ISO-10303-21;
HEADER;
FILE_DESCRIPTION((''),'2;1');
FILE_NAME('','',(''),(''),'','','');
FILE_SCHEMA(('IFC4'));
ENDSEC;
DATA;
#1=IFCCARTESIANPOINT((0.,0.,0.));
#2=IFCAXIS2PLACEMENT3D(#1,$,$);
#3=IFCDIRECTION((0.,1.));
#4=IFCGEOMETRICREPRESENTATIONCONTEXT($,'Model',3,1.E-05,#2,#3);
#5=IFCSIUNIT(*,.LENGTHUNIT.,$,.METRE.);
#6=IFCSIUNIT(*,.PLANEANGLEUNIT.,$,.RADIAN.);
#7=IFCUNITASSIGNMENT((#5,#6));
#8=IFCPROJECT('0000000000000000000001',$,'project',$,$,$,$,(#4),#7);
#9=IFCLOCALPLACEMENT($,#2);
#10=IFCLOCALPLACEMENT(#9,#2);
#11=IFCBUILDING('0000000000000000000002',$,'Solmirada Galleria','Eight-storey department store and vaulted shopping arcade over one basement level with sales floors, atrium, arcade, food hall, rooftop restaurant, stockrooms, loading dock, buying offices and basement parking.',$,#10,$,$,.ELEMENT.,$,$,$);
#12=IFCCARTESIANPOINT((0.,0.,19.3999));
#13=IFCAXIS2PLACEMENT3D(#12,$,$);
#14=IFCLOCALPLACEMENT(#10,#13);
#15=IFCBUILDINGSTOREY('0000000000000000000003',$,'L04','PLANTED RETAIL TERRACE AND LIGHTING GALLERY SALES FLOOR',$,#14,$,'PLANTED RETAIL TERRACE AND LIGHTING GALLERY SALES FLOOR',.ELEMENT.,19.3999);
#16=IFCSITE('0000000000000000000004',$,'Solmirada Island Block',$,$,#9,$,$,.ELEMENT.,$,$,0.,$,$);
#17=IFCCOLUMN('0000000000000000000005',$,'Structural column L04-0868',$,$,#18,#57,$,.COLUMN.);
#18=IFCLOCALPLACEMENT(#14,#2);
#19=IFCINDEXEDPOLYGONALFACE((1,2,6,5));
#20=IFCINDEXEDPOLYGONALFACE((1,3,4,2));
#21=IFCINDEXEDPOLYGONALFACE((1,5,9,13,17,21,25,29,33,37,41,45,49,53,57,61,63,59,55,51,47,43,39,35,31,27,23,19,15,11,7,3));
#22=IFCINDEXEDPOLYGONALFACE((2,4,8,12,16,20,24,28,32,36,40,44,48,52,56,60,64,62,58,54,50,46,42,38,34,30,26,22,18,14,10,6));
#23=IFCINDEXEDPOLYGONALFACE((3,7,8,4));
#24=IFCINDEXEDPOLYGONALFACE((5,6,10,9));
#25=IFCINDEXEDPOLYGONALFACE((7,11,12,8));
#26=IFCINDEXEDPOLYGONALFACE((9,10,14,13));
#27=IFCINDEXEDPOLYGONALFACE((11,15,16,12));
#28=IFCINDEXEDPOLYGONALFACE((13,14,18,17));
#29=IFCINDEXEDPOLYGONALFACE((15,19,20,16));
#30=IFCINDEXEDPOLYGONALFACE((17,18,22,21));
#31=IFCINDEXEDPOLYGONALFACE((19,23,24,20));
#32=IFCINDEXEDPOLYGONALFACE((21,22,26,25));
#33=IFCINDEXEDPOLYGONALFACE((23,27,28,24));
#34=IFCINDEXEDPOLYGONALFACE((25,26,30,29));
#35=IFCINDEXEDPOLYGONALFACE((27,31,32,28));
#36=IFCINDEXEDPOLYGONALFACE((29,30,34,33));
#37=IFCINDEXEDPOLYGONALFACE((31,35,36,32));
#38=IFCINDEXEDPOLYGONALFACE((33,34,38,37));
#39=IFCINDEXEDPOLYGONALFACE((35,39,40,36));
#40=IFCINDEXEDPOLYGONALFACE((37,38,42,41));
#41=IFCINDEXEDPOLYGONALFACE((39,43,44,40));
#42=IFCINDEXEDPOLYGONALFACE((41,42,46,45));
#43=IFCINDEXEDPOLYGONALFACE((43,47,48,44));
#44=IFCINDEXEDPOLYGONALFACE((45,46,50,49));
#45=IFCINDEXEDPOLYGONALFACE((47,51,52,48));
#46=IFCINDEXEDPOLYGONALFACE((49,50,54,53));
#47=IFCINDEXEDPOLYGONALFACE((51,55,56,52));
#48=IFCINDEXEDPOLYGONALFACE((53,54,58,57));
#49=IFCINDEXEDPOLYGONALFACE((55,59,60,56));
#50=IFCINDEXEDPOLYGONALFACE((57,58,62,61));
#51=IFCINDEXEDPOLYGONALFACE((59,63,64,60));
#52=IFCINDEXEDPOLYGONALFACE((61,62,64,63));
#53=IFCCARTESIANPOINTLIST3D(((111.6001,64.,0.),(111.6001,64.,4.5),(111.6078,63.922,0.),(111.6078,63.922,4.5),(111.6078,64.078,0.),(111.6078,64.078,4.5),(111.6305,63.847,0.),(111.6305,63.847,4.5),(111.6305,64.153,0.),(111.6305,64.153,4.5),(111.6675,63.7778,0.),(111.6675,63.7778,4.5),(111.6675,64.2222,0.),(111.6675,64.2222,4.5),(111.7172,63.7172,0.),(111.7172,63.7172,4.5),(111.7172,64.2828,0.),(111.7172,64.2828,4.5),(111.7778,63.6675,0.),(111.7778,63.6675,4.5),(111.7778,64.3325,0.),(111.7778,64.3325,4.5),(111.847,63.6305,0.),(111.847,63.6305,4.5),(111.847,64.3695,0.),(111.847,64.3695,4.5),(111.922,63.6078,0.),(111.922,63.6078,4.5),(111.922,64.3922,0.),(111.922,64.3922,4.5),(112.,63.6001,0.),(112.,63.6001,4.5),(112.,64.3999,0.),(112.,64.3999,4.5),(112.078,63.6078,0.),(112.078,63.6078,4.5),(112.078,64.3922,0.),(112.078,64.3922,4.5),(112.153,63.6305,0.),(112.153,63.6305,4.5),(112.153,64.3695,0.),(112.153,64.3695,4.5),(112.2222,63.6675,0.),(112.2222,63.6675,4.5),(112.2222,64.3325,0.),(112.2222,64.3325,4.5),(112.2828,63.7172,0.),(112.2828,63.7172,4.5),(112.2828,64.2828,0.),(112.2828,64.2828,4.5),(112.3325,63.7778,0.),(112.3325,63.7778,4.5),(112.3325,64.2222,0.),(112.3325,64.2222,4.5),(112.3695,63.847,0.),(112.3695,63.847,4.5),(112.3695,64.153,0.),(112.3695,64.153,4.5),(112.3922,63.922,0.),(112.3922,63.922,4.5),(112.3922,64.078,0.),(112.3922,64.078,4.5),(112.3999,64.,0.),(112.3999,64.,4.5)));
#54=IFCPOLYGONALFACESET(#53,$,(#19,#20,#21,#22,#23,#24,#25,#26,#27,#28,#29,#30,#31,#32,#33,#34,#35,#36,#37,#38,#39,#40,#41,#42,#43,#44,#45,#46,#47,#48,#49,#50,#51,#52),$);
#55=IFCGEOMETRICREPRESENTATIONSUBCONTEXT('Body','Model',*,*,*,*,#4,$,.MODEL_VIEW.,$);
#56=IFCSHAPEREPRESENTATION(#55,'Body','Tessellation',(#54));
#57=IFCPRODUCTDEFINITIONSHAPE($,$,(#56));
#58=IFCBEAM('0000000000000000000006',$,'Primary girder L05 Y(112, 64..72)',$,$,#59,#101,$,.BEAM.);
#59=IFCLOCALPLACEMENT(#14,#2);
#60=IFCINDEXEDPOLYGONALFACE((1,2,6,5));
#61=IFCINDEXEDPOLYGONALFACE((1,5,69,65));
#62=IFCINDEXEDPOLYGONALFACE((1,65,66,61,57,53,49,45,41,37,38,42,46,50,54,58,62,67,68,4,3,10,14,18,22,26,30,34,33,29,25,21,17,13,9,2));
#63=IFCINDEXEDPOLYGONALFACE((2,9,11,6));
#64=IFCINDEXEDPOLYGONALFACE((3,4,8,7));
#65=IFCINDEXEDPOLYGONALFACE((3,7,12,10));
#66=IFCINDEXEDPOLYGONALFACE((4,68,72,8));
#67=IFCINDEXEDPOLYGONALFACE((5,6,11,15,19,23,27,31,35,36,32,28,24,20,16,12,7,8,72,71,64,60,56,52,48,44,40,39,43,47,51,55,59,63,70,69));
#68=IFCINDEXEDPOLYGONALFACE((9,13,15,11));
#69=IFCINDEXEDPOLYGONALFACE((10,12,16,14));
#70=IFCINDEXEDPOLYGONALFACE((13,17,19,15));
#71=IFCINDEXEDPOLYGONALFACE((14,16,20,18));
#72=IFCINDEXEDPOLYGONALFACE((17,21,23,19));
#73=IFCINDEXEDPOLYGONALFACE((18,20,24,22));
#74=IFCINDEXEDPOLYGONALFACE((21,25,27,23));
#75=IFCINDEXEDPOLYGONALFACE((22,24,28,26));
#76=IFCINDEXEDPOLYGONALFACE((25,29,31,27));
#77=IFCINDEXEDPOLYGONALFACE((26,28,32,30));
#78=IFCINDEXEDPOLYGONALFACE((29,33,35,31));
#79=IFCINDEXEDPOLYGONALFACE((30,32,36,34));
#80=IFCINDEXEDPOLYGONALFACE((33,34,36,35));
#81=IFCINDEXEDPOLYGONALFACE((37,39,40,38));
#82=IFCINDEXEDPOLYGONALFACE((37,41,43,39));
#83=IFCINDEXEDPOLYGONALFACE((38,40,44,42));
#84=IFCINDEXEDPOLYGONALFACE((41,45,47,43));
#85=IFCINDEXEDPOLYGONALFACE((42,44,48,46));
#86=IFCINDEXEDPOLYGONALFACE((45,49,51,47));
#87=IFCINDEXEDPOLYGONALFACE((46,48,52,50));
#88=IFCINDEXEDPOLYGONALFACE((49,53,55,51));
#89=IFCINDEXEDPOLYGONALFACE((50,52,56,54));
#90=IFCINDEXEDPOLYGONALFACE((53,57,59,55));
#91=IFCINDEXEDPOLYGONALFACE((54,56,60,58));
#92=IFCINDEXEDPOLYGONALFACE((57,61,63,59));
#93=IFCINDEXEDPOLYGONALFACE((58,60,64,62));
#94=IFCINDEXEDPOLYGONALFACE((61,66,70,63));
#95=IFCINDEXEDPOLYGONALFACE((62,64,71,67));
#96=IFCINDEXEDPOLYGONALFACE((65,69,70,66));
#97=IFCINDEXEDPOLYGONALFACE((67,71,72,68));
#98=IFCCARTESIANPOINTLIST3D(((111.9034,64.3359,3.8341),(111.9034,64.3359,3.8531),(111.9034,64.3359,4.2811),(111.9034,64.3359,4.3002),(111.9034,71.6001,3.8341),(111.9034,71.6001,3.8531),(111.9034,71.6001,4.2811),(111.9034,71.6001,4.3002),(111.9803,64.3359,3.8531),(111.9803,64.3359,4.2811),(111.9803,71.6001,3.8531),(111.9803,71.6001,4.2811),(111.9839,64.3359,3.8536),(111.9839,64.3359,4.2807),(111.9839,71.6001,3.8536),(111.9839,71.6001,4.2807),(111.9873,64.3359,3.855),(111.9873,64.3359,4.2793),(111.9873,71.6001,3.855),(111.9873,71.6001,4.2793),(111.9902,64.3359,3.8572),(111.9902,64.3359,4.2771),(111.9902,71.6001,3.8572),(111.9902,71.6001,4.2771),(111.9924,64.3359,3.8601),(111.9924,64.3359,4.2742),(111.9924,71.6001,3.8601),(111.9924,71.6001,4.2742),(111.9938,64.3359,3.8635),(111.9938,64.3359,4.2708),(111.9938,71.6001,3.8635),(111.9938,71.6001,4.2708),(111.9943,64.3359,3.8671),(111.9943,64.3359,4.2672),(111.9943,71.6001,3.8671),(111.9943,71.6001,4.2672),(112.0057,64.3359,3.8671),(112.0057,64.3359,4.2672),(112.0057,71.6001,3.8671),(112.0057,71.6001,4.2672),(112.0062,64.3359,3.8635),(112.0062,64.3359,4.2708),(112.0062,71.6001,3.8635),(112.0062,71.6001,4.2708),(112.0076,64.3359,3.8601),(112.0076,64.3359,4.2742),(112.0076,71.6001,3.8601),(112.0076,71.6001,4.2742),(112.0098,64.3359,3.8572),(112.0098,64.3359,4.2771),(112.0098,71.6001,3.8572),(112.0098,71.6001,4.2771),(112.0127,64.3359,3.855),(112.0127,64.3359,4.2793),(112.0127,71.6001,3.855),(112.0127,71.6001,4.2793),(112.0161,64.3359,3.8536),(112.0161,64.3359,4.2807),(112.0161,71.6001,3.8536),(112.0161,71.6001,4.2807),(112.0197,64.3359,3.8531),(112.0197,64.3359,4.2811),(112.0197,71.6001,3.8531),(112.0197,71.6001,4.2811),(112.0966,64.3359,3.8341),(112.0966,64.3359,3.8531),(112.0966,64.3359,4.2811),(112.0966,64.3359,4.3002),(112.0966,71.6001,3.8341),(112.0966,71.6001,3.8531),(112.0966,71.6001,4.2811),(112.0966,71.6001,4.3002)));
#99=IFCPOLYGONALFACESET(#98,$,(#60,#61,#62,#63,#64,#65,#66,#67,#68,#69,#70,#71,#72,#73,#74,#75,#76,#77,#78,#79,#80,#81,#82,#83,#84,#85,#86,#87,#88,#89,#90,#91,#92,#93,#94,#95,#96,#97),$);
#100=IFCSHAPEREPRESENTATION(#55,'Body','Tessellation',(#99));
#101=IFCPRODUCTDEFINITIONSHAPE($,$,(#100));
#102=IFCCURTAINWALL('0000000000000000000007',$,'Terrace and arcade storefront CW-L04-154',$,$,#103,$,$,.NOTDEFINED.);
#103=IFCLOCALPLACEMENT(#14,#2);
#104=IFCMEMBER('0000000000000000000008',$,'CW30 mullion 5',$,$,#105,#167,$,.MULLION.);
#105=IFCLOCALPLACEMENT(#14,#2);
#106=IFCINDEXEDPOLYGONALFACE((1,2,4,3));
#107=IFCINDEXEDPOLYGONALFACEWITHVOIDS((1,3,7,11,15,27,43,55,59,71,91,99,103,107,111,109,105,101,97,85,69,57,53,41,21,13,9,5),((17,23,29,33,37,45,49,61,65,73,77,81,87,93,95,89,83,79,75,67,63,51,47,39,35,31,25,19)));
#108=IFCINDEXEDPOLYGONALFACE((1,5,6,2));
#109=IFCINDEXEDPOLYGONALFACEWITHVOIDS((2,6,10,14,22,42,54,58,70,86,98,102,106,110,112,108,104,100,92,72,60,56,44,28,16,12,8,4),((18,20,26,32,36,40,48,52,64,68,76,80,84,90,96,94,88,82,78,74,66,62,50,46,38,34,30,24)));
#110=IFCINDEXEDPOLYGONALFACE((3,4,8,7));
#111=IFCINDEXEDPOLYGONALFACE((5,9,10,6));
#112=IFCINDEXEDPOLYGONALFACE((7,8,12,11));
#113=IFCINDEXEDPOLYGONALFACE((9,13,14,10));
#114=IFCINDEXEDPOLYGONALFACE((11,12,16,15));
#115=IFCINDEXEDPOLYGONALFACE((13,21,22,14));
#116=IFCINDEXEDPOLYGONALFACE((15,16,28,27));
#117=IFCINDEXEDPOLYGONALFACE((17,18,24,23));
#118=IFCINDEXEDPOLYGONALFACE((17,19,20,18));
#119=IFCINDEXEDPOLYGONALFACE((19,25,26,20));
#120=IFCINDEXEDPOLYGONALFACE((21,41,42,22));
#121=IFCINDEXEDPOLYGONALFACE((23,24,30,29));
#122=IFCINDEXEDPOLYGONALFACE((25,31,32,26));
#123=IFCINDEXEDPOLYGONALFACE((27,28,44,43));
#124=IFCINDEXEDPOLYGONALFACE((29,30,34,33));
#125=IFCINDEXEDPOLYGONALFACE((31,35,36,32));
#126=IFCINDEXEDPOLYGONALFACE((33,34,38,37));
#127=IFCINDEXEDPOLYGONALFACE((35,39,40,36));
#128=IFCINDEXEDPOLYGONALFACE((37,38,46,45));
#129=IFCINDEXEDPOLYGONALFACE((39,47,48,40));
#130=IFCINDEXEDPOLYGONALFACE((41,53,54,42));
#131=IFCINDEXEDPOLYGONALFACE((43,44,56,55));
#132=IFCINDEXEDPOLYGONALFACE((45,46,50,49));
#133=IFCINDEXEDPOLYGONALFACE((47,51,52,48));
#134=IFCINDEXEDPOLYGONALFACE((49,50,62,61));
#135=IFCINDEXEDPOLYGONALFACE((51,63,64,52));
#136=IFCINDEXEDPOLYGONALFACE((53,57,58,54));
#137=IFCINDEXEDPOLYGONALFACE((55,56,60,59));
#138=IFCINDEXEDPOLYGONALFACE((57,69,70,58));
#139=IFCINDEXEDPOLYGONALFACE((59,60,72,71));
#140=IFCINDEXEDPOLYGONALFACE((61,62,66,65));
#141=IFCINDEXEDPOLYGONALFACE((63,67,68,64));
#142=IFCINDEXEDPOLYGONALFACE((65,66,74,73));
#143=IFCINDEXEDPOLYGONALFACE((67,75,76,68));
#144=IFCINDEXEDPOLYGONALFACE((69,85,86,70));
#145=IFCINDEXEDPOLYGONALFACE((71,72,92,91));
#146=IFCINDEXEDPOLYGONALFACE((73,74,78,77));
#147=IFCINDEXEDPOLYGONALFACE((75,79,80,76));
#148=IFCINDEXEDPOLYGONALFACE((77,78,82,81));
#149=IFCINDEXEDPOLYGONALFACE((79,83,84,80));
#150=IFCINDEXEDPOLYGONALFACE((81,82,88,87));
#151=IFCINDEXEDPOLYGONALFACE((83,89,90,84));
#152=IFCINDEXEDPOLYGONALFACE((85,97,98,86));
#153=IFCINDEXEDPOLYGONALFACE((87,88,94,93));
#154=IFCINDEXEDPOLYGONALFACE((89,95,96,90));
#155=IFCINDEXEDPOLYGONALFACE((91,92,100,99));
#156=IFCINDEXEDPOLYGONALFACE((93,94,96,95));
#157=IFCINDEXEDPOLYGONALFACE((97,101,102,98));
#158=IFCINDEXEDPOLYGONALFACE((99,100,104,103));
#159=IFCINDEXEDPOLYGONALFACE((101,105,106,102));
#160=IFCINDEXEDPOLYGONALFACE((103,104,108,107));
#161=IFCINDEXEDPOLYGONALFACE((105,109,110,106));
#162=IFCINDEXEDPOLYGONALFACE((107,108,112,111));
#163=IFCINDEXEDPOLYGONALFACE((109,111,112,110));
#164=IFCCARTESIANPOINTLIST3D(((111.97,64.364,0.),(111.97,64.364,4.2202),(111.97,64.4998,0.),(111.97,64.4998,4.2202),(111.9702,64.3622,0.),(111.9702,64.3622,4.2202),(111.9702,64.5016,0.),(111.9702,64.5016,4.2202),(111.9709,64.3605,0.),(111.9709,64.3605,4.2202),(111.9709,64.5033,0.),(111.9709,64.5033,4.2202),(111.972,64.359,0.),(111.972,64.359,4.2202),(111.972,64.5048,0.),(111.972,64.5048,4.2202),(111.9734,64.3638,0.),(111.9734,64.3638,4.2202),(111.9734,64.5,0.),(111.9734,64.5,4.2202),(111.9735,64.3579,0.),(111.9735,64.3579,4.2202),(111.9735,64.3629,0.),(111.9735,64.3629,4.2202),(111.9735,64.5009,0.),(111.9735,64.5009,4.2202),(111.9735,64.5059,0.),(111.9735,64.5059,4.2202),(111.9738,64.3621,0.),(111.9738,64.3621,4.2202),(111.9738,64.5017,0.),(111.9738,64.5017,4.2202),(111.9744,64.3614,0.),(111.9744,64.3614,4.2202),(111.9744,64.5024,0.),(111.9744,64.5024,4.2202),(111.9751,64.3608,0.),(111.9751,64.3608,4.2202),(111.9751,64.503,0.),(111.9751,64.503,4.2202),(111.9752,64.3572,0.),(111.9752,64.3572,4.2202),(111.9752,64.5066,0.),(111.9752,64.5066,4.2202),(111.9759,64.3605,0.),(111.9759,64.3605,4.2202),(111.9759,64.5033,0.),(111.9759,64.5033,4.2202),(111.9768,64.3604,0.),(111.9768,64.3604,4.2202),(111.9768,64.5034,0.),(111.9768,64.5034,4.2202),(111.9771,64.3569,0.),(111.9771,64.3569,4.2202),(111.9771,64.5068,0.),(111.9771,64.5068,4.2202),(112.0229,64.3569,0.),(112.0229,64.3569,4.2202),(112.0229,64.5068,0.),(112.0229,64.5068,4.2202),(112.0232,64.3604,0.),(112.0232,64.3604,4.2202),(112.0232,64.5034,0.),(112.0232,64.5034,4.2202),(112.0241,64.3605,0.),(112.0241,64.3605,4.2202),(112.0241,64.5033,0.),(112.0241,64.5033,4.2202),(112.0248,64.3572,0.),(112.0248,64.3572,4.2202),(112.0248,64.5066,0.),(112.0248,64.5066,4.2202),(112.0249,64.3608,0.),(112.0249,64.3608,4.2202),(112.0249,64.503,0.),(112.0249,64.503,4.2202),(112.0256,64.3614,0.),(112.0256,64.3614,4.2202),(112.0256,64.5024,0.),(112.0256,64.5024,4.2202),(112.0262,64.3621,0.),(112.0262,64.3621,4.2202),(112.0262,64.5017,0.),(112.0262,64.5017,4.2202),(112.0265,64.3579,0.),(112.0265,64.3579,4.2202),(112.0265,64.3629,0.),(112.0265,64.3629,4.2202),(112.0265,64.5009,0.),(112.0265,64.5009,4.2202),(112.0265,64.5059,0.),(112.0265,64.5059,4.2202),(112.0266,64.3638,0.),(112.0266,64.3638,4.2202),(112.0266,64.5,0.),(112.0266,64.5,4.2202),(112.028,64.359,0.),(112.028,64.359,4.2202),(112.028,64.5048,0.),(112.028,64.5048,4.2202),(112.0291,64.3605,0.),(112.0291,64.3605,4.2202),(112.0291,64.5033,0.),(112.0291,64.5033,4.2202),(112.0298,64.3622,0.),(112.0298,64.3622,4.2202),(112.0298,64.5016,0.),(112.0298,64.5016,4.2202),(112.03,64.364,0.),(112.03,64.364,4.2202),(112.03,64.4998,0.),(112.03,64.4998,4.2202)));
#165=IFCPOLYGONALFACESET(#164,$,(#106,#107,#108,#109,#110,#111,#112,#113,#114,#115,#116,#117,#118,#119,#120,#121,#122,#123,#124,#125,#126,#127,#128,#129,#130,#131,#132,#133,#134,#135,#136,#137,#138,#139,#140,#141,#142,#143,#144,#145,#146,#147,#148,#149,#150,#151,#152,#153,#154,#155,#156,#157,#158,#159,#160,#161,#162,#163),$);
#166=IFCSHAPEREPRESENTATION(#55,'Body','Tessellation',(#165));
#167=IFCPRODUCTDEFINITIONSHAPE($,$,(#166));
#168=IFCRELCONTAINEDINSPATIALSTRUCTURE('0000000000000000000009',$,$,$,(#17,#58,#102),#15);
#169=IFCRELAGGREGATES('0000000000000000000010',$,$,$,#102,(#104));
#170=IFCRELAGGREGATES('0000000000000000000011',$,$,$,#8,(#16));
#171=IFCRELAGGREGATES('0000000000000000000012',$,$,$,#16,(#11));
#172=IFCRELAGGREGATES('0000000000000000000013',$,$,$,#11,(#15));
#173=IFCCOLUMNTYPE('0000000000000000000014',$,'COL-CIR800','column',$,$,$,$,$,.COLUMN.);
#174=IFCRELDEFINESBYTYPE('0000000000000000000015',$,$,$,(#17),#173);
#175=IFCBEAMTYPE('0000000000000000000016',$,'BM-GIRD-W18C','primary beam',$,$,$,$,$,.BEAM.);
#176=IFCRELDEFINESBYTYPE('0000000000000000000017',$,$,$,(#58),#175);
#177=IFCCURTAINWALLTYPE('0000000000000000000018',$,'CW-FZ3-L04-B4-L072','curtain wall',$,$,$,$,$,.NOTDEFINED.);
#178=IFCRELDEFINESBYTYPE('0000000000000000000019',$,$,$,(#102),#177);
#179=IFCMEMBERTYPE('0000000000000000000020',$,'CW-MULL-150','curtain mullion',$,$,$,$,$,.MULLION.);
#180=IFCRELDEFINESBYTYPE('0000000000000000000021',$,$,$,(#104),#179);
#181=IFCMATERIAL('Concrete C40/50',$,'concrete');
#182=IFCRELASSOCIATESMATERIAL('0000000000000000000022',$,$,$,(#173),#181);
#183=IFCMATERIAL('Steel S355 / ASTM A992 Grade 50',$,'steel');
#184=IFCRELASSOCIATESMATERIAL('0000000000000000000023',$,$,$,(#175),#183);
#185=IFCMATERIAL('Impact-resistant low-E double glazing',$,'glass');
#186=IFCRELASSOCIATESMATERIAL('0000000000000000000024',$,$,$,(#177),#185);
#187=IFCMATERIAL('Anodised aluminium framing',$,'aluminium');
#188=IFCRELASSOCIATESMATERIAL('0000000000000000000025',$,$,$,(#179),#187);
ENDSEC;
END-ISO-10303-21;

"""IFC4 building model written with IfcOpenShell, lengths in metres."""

from ifc_helpers import new_model, si_unit, direction, frame, origin, origin_2d, place, context, subcontext, project, spatial, hollow_rectangle, circle, i_section, extrude, material, material_profile, profile_set, type_object, element, aggregate, save


model = new_model("IFC4")

# Units and contexts
model_context = context("Model", 3, precision=1e-05, world=origin(), true_north=direction((0.0, 1.0)))
body_context = subcontext(model_context, "Body", "Model", "MODEL_VIEW")
ifc_project = project(units=[si_unit("LENGTHUNIT", "METRE"), si_unit("PLANEANGLEUNIT", "RADIAN")], contexts=[model_context])

# Site, building, storey
site_placement = place(None, origin())
site = spatial("IfcSite", under=ifc_project, at=site_placement, Name="Solmirada Island Block", CompositionType="ELEMENT", RefElevation=0.0)
building_placement = place(site_placement, origin())
building = spatial("IfcBuilding", under=site, at=building_placement, Name="Solmirada Galleria", Description="Eight-storey department store and vaulted shopping arcade over one basement level with sales floors, atrium, arcade, food hall, rooftop restaurant, stockrooms, loading dock, buying offices and basement parking.", CompositionType="ELEMENT")
storey_placement = place(building_placement, frame((0.0, 0.0, 19.3999)))
storey = spatial("IfcBuildingStorey", under=building, at=storey_placement, Name="L04", Description="PLANTED RETAIL TERRACE AND LIGHTING GALLERY SALES FLOOR", LongName="PLANTED RETAIL TERRACE AND LIGHTING GALLERY SALES FLOOR", CompositionType="ELEMENT", Elevation=19.3999)

# Column
ifc_material_1 = material(Name="Concrete C40/50", Category="concrete")
ifc_material_profile_1 = material_profile(ifc_material_1, circle(Radius=0.3999, at=origin_2d()), Name="RCCOL800")
ifc_profile_set_1 = profile_set([ifc_material_profile_1], Name="Concrete C40/50")
column_type = type_object("IfcColumnType", Name="COL-CIR800", Description="column", PredefinedType="COLUMN", material=ifc_profile_set_1)
column_placement = place(storey_placement, frame((112.0, 64.0, 0.0), z_axis=(0.0, 0.0, 1.0), x_axis=(1.0, 0.0, 0.0)))
element("IfcColumn", 1, at=column_placement, inside=storey, type_object=column_type, Name="Structural column L04-0868", PredefinedType="COLUMN", context=body_context, shape_type="SweptSolid", body=[
    extrude(circle(Radius=0.3999, at=origin_2d()), origin(), (0.0, 0.0, 1.0), 4.5),
])

# Beam
ifc_material_2 = material(Name="Steel S355 / ASTM A992 Grade 50", Category="steel")
ifc_material_profile_2 = material_profile(ifc_material_2, i_section(OverallWidth=0.1931, OverallDepth=0.4661, WebThickness=0.0115, FlangeThickness=0.019, FilletRadius=0.0139, at=origin_2d()), Name="W18X65")
ifc_profile_set_2 = profile_set([ifc_material_profile_2], Name="Steel S355 / ASTM A992 Grade 50")
beam_type = type_object("IfcBeamType", Name="BM-GIRD-W18C", Description="primary beam", PredefinedType="BEAM", material=ifc_profile_set_2)
beam_placement = place(storey_placement, frame((112.0, 64.3359, 4.0671), z_axis=(0.0, 1.0, 0.0), x_axis=(-1.0, 0.0, 0.0)))
element("IfcBeam", 2, at=beam_placement, inside=storey, type_object=beam_type, Name="Primary girder L05 Y(112, 64..72)", PredefinedType="BEAM", context=body_context, shape_type="SweptSolid", body=[
    extrude(i_section(OverallWidth=0.1931, OverallDepth=0.4661, WebThickness=0.0115, FlangeThickness=0.019, FilletRadius=0.0139, at=origin_2d()), origin(), (0.0, 0.0, 1.0), 7.2642),
])

# Curtain wall, member
ifc_material_3 = material(Name="Impact-resistant low-E double glazing", Category="glass")
curtain_wall_type = type_object("IfcCurtainWallType", Name="CW-FZ3-L04-B4-L072", Description="curtain wall", PredefinedType="NOTDEFINED", material=ifc_material_3)
curtain_wall_1_placement = place(storey_placement, origin())
curtain_wall_1 = element("IfcCurtainWall", 3, at=curtain_wall_1_placement, inside=storey, type_object=curtain_wall_type, Name="Terrace and arcade storefront CW-L04-154", PredefinedType="NOTDEFINED")
ifc_material_4 = material(Name="Anodised aluminium framing", Category="aluminium")
ifc_material_profile_3 = material_profile(ifc_material_4, hollow_rectangle(XDim=0.0601, YDim=0.1499, WallThickness=0.0034, InnerFilletRadius=0.0034, OuterFilletRadius=0.0071, at=origin_2d()), Name="ALU-MULL-150X60")
ifc_profile_set_3 = profile_set([ifc_material_profile_3], Name="Anodised aluminium framing")
member_type_1 = type_object("IfcMemberType", Name="CW-MULL-150", Description="curtain mullion", PredefinedType="MULLION", material=ifc_profile_set_3)
member_1_placement = place(storey_placement, frame((112.0, 64.4319, 0.0), z_axis=(0.0, 0.0, 1.0), x_axis=(1.0, 0.0, 0.0)))
member_1 = element("IfcMember", 4, at=member_1_placement, type_object=member_type_1, Name="CW30 mullion 5", PredefinedType="MULLION", context=body_context, shape_type="SweptSolid", body=[
    extrude(hollow_rectangle(XDim=0.0601, YDim=0.1499, WallThickness=0.0034, InnerFilletRadius=0.0034, OuterFilletRadius=0.0071, at=origin_2d()), origin(), (0.0, 0.0, 1.0), 4.2202),
])

aggregate(curtain_wall_1, [member_1])

save(model, "model.ifc")
